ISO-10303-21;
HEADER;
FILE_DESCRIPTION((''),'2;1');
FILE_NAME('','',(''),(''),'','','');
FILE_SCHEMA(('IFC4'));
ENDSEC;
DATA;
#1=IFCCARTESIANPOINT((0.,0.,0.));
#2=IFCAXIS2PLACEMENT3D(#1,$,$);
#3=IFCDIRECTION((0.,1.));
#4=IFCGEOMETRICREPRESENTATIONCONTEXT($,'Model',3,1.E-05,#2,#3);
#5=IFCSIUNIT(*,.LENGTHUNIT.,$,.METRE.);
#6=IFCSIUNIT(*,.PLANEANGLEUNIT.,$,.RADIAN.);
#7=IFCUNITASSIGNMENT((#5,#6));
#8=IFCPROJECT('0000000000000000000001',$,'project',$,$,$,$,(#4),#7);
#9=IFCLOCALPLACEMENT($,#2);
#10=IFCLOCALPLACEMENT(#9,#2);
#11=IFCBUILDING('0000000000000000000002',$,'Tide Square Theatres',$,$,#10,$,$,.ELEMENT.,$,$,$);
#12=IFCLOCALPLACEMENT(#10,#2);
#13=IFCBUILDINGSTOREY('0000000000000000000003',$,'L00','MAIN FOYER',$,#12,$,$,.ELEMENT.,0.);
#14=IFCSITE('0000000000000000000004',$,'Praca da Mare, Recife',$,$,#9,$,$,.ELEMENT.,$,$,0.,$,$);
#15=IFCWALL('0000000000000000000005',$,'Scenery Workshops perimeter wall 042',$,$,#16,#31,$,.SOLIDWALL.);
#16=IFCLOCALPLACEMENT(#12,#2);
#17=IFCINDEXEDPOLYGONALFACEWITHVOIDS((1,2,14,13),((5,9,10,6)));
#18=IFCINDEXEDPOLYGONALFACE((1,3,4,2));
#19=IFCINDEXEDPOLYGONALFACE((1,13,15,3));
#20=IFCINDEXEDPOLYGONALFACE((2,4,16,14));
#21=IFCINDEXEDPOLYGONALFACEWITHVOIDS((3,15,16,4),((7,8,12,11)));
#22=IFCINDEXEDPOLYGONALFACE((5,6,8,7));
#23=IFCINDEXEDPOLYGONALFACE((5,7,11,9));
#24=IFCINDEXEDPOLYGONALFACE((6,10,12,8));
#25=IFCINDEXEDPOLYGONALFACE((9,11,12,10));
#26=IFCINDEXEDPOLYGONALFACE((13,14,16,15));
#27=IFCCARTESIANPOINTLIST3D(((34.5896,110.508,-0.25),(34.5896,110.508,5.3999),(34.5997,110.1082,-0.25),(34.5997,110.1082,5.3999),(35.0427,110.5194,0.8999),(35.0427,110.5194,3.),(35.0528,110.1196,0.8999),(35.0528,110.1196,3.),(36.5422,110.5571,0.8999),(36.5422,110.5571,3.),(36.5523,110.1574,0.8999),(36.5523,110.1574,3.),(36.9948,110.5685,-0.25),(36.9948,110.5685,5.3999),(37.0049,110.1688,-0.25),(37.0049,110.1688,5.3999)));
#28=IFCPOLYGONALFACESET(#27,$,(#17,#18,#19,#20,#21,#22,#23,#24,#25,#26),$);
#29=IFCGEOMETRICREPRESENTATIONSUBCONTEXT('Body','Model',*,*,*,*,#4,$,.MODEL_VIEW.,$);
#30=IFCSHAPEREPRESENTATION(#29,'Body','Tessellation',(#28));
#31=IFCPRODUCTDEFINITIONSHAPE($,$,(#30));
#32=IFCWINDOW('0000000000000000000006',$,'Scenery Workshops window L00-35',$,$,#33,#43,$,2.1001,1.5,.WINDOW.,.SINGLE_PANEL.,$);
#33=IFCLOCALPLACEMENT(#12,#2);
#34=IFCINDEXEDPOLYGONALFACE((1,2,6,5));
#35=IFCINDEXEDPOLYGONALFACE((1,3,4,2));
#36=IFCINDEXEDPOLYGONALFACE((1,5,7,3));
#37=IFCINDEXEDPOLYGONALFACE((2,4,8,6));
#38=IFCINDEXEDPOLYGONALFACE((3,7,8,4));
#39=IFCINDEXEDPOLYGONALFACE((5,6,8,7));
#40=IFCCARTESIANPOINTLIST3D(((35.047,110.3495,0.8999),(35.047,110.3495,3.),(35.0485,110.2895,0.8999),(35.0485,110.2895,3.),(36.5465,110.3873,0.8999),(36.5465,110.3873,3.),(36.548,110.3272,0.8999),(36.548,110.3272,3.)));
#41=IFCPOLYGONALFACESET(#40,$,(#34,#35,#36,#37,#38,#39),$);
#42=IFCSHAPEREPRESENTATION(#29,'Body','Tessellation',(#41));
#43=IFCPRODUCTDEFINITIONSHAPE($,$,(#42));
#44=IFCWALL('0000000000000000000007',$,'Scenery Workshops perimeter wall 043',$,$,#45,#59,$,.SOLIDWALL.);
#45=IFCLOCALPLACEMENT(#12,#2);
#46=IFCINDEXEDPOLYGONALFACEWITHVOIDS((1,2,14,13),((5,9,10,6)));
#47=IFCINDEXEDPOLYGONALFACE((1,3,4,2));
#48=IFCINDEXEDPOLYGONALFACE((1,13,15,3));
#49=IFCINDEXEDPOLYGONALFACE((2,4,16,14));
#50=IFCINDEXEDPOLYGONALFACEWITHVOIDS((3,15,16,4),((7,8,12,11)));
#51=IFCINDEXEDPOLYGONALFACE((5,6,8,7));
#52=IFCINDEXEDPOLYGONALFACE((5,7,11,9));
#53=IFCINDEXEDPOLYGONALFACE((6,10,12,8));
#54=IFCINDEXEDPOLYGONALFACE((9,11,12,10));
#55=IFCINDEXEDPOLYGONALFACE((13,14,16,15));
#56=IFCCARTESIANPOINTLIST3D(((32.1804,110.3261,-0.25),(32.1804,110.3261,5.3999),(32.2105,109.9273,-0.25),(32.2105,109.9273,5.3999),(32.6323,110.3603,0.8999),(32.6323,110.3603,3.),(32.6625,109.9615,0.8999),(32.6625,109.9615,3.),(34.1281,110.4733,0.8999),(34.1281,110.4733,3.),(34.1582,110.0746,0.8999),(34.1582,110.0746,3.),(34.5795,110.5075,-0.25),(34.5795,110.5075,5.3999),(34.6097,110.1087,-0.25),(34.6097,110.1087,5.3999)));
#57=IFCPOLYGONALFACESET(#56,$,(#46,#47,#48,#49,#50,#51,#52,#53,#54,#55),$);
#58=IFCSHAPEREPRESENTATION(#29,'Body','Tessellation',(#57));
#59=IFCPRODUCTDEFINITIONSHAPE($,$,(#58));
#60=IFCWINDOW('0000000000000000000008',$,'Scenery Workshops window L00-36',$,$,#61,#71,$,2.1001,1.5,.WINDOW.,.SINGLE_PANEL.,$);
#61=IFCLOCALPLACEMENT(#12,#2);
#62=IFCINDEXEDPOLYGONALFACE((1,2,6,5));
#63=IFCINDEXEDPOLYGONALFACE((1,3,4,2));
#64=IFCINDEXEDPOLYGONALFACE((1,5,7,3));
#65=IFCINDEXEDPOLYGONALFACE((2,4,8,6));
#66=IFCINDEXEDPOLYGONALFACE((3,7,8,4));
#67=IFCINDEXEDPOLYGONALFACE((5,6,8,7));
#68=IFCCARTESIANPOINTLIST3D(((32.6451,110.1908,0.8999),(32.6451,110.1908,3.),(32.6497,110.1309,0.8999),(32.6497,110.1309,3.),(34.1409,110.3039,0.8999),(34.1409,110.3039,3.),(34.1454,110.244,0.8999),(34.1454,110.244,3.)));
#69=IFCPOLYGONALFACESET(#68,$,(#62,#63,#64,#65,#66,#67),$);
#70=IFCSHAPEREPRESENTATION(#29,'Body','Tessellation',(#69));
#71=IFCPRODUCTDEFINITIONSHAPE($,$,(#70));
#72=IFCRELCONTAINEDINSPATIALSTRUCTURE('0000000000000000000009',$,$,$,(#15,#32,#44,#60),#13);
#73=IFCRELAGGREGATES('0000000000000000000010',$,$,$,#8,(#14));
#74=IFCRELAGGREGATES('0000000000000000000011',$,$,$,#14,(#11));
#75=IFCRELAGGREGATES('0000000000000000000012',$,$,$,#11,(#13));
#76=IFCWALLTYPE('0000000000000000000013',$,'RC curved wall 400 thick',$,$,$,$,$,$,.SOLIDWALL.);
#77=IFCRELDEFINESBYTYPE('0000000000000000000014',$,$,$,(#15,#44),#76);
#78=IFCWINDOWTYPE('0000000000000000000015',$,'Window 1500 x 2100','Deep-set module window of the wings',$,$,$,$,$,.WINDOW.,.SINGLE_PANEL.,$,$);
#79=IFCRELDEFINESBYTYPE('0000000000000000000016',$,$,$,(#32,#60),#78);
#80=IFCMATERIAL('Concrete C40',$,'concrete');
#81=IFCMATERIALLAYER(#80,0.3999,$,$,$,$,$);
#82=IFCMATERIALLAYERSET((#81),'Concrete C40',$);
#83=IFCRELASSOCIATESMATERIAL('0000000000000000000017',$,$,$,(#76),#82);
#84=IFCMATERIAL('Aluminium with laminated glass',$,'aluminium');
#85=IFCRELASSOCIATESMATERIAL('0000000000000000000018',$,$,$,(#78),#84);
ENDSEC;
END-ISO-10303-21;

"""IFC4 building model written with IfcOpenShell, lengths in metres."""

from ifc_helpers import new_model, si_unit, direction, frame, frame_2d, origin, place, context, subcontext, project, spatial, rectangle, extrude, material, layer, layer_set, type_object, element, fill, save


model = new_model("IFC4")

# Units and contexts
model_context = context("Model", 3, precision=1e-05, world=origin(), true_north=direction((0.0, 1.0)))
body_context = subcontext(model_context, "Body", "Model", "MODEL_VIEW")
ifc_project = project(units=[si_unit("LENGTHUNIT", "METRE"), si_unit("PLANEANGLEUNIT", "RADIAN")], contexts=[model_context])

# Site, building, storey
site_placement = place(None, origin())
site = spatial("IfcSite", under=ifc_project, at=site_placement, Name="Praca da Mare, Recife", CompositionType="ELEMENT", RefElevation=0.0)
building_placement = place(site_placement, origin())
building = spatial("IfcBuilding", under=site, at=building_placement, Name="Tide Square Theatres", CompositionType="ELEMENT")
storey_placement = place(building_placement, origin())
storey = spatial("IfcBuildingStorey", under=building, at=storey_placement, Name="L00", Description="MAIN FOYER", CompositionType="ELEMENT", Elevation=0.0)

# Walls, openings, windows
ifc_material_1 = material(Name="Concrete C40", Category="concrete")
ifc_layer_1 = layer(ifc_material_1, 0.3999)
ifc_layer_set_1 = layer_set([ifc_layer_1], Name="Concrete C40")
wall_type_1 = type_object("IfcWallType", Name="RC curved wall 400 thick", PredefinedType="SOLIDWALL", material=ifc_layer_set_1)
ifc_material_2 = material(Name="Aluminium with laminated glass", Category="aluminium")
window_type = type_object("IfcWindowType", Name="Window 1500 x 2100", Description="Deep-set module window of the wings", PartitioningType="SINGLE_PANEL", PredefinedType="WINDOW", material=ifc_material_2)
wall_1_placement = place(storey_placement, frame((37.0, 110.3687, -0.25), z_axis=(0.0, 0.0, 1.0), x_axis=(-0.999683, -0.025165, 0.0)))
wall_1 = element("IfcWall", 1, at=wall_1_placement, inside=storey, type_object=wall_type_1, Name="Scenery Workshops perimeter wall 042", PredefinedType="SOLIDWALL", context=body_context, shape_type="SweptSolid", body=[
    extrude(rectangle(XDim=2.406, YDim=0.3999, at=frame_2d((1.2031, 0.0))), origin(), (0.0, 0.0, 1.0), 5.6499),
])
opening_1_placement = place(wall_1_placement, frame((0.4529, 0.0, 1.1499)))
opening_1 = element("IfcOpeningElement", 2, at=opening_1_placement, cuts=wall_1, PredefinedType="OPENING", context=body_context, shape_type="SweptSolid", body=[
    extrude(rectangle(XDim=1.5, YDim=2.1001, at=frame_2d((0.75, 1.05))), frame((0.0, 0.21, 0.0), z_axis=(0.0, -1.0, 0.0), x_axis=(1.0, 0.0, 0.0)), (0.0, 0.0, 1.0), 0.4199),
])
window_1_placement = place(opening_1_placement, origin())
window_1 = element("IfcWindow", 3, at=window_1_placement, inside=storey, type_object=window_type, Name="Scenery Workshops window L00-35", OverallHeight=2.1001, OverallWidth=1.5, PartitioningType="SINGLE_PANEL", PredefinedType="WINDOW", context=body_context, shape_type="SweptSolid", body=[
    extrude(rectangle(XDim=1.5, YDim=2.1001, at=frame_2d((0.75, 1.05))), frame((0.0, 0.03, 0.0), z_axis=(0.0, -1.0, 0.0), x_axis=(1.0, 0.0, 0.0)), (0.0, 0.0, 1.0), 0.0601),
])
fill(opening_1, window_1)
wall_2_placement = place(storey_placement, frame((34.5947, 110.3081, -0.25), z_axis=(0.0, 0.0, 1.0), x_axis=(-0.997154, -0.075393, 0.0)))
wall_2 = element("IfcWall", 4, at=wall_2_placement, inside=storey, type_object=wall_type_1, Name="Scenery Workshops perimeter wall 043", PredefinedType="SOLIDWALL", context=body_context, shape_type="SweptSolid", body=[
    extrude(rectangle(XDim=2.406, YDim=0.3999, at=frame_2d((1.2031, 0.0))), origin(), (0.0, 0.0, 1.0), 5.6499),
])
opening_2_placement = place(wall_2_placement, frame((0.4529, 0.0, 1.1499)))
opening_2 = element("IfcOpeningElement", 5, at=opening_2_placement, cuts=wall_2, PredefinedType="OPENING", context=body_context, shape_type="SweptSolid", body=[
    extrude(rectangle(XDim=1.5, YDim=2.1001, at=frame_2d((0.75, 1.05))), frame((0.0, 0.21, 0.0), z_axis=(0.0, -1.0, 0.0), x_axis=(1.0, 0.0, 0.0)), (0.0, 0.0, 1.0), 0.4199),
])
window_2_placement = place(opening_2_placement, origin())
window_2 = element("IfcWindow", 6, at=window_2_placement, inside=storey, type_object=window_type, Name="Scenery Workshops window L00-36", OverallHeight=2.1001, OverallWidth=1.5, PartitioningType="SINGLE_PANEL", PredefinedType="WINDOW", context=body_context, shape_type="SweptSolid", body=[
    extrude(rectangle(XDim=1.5, YDim=2.1001, at=frame_2d((0.75, 1.05))), frame((0.0, 0.03, 0.0), z_axis=(0.0, -1.0, 0.0), x_axis=(1.0, 0.0, 0.0)), (0.0, 0.0, 1.0), 0.0601),
])
fill(opening_2, window_2)

save(model, "model.ifc")
